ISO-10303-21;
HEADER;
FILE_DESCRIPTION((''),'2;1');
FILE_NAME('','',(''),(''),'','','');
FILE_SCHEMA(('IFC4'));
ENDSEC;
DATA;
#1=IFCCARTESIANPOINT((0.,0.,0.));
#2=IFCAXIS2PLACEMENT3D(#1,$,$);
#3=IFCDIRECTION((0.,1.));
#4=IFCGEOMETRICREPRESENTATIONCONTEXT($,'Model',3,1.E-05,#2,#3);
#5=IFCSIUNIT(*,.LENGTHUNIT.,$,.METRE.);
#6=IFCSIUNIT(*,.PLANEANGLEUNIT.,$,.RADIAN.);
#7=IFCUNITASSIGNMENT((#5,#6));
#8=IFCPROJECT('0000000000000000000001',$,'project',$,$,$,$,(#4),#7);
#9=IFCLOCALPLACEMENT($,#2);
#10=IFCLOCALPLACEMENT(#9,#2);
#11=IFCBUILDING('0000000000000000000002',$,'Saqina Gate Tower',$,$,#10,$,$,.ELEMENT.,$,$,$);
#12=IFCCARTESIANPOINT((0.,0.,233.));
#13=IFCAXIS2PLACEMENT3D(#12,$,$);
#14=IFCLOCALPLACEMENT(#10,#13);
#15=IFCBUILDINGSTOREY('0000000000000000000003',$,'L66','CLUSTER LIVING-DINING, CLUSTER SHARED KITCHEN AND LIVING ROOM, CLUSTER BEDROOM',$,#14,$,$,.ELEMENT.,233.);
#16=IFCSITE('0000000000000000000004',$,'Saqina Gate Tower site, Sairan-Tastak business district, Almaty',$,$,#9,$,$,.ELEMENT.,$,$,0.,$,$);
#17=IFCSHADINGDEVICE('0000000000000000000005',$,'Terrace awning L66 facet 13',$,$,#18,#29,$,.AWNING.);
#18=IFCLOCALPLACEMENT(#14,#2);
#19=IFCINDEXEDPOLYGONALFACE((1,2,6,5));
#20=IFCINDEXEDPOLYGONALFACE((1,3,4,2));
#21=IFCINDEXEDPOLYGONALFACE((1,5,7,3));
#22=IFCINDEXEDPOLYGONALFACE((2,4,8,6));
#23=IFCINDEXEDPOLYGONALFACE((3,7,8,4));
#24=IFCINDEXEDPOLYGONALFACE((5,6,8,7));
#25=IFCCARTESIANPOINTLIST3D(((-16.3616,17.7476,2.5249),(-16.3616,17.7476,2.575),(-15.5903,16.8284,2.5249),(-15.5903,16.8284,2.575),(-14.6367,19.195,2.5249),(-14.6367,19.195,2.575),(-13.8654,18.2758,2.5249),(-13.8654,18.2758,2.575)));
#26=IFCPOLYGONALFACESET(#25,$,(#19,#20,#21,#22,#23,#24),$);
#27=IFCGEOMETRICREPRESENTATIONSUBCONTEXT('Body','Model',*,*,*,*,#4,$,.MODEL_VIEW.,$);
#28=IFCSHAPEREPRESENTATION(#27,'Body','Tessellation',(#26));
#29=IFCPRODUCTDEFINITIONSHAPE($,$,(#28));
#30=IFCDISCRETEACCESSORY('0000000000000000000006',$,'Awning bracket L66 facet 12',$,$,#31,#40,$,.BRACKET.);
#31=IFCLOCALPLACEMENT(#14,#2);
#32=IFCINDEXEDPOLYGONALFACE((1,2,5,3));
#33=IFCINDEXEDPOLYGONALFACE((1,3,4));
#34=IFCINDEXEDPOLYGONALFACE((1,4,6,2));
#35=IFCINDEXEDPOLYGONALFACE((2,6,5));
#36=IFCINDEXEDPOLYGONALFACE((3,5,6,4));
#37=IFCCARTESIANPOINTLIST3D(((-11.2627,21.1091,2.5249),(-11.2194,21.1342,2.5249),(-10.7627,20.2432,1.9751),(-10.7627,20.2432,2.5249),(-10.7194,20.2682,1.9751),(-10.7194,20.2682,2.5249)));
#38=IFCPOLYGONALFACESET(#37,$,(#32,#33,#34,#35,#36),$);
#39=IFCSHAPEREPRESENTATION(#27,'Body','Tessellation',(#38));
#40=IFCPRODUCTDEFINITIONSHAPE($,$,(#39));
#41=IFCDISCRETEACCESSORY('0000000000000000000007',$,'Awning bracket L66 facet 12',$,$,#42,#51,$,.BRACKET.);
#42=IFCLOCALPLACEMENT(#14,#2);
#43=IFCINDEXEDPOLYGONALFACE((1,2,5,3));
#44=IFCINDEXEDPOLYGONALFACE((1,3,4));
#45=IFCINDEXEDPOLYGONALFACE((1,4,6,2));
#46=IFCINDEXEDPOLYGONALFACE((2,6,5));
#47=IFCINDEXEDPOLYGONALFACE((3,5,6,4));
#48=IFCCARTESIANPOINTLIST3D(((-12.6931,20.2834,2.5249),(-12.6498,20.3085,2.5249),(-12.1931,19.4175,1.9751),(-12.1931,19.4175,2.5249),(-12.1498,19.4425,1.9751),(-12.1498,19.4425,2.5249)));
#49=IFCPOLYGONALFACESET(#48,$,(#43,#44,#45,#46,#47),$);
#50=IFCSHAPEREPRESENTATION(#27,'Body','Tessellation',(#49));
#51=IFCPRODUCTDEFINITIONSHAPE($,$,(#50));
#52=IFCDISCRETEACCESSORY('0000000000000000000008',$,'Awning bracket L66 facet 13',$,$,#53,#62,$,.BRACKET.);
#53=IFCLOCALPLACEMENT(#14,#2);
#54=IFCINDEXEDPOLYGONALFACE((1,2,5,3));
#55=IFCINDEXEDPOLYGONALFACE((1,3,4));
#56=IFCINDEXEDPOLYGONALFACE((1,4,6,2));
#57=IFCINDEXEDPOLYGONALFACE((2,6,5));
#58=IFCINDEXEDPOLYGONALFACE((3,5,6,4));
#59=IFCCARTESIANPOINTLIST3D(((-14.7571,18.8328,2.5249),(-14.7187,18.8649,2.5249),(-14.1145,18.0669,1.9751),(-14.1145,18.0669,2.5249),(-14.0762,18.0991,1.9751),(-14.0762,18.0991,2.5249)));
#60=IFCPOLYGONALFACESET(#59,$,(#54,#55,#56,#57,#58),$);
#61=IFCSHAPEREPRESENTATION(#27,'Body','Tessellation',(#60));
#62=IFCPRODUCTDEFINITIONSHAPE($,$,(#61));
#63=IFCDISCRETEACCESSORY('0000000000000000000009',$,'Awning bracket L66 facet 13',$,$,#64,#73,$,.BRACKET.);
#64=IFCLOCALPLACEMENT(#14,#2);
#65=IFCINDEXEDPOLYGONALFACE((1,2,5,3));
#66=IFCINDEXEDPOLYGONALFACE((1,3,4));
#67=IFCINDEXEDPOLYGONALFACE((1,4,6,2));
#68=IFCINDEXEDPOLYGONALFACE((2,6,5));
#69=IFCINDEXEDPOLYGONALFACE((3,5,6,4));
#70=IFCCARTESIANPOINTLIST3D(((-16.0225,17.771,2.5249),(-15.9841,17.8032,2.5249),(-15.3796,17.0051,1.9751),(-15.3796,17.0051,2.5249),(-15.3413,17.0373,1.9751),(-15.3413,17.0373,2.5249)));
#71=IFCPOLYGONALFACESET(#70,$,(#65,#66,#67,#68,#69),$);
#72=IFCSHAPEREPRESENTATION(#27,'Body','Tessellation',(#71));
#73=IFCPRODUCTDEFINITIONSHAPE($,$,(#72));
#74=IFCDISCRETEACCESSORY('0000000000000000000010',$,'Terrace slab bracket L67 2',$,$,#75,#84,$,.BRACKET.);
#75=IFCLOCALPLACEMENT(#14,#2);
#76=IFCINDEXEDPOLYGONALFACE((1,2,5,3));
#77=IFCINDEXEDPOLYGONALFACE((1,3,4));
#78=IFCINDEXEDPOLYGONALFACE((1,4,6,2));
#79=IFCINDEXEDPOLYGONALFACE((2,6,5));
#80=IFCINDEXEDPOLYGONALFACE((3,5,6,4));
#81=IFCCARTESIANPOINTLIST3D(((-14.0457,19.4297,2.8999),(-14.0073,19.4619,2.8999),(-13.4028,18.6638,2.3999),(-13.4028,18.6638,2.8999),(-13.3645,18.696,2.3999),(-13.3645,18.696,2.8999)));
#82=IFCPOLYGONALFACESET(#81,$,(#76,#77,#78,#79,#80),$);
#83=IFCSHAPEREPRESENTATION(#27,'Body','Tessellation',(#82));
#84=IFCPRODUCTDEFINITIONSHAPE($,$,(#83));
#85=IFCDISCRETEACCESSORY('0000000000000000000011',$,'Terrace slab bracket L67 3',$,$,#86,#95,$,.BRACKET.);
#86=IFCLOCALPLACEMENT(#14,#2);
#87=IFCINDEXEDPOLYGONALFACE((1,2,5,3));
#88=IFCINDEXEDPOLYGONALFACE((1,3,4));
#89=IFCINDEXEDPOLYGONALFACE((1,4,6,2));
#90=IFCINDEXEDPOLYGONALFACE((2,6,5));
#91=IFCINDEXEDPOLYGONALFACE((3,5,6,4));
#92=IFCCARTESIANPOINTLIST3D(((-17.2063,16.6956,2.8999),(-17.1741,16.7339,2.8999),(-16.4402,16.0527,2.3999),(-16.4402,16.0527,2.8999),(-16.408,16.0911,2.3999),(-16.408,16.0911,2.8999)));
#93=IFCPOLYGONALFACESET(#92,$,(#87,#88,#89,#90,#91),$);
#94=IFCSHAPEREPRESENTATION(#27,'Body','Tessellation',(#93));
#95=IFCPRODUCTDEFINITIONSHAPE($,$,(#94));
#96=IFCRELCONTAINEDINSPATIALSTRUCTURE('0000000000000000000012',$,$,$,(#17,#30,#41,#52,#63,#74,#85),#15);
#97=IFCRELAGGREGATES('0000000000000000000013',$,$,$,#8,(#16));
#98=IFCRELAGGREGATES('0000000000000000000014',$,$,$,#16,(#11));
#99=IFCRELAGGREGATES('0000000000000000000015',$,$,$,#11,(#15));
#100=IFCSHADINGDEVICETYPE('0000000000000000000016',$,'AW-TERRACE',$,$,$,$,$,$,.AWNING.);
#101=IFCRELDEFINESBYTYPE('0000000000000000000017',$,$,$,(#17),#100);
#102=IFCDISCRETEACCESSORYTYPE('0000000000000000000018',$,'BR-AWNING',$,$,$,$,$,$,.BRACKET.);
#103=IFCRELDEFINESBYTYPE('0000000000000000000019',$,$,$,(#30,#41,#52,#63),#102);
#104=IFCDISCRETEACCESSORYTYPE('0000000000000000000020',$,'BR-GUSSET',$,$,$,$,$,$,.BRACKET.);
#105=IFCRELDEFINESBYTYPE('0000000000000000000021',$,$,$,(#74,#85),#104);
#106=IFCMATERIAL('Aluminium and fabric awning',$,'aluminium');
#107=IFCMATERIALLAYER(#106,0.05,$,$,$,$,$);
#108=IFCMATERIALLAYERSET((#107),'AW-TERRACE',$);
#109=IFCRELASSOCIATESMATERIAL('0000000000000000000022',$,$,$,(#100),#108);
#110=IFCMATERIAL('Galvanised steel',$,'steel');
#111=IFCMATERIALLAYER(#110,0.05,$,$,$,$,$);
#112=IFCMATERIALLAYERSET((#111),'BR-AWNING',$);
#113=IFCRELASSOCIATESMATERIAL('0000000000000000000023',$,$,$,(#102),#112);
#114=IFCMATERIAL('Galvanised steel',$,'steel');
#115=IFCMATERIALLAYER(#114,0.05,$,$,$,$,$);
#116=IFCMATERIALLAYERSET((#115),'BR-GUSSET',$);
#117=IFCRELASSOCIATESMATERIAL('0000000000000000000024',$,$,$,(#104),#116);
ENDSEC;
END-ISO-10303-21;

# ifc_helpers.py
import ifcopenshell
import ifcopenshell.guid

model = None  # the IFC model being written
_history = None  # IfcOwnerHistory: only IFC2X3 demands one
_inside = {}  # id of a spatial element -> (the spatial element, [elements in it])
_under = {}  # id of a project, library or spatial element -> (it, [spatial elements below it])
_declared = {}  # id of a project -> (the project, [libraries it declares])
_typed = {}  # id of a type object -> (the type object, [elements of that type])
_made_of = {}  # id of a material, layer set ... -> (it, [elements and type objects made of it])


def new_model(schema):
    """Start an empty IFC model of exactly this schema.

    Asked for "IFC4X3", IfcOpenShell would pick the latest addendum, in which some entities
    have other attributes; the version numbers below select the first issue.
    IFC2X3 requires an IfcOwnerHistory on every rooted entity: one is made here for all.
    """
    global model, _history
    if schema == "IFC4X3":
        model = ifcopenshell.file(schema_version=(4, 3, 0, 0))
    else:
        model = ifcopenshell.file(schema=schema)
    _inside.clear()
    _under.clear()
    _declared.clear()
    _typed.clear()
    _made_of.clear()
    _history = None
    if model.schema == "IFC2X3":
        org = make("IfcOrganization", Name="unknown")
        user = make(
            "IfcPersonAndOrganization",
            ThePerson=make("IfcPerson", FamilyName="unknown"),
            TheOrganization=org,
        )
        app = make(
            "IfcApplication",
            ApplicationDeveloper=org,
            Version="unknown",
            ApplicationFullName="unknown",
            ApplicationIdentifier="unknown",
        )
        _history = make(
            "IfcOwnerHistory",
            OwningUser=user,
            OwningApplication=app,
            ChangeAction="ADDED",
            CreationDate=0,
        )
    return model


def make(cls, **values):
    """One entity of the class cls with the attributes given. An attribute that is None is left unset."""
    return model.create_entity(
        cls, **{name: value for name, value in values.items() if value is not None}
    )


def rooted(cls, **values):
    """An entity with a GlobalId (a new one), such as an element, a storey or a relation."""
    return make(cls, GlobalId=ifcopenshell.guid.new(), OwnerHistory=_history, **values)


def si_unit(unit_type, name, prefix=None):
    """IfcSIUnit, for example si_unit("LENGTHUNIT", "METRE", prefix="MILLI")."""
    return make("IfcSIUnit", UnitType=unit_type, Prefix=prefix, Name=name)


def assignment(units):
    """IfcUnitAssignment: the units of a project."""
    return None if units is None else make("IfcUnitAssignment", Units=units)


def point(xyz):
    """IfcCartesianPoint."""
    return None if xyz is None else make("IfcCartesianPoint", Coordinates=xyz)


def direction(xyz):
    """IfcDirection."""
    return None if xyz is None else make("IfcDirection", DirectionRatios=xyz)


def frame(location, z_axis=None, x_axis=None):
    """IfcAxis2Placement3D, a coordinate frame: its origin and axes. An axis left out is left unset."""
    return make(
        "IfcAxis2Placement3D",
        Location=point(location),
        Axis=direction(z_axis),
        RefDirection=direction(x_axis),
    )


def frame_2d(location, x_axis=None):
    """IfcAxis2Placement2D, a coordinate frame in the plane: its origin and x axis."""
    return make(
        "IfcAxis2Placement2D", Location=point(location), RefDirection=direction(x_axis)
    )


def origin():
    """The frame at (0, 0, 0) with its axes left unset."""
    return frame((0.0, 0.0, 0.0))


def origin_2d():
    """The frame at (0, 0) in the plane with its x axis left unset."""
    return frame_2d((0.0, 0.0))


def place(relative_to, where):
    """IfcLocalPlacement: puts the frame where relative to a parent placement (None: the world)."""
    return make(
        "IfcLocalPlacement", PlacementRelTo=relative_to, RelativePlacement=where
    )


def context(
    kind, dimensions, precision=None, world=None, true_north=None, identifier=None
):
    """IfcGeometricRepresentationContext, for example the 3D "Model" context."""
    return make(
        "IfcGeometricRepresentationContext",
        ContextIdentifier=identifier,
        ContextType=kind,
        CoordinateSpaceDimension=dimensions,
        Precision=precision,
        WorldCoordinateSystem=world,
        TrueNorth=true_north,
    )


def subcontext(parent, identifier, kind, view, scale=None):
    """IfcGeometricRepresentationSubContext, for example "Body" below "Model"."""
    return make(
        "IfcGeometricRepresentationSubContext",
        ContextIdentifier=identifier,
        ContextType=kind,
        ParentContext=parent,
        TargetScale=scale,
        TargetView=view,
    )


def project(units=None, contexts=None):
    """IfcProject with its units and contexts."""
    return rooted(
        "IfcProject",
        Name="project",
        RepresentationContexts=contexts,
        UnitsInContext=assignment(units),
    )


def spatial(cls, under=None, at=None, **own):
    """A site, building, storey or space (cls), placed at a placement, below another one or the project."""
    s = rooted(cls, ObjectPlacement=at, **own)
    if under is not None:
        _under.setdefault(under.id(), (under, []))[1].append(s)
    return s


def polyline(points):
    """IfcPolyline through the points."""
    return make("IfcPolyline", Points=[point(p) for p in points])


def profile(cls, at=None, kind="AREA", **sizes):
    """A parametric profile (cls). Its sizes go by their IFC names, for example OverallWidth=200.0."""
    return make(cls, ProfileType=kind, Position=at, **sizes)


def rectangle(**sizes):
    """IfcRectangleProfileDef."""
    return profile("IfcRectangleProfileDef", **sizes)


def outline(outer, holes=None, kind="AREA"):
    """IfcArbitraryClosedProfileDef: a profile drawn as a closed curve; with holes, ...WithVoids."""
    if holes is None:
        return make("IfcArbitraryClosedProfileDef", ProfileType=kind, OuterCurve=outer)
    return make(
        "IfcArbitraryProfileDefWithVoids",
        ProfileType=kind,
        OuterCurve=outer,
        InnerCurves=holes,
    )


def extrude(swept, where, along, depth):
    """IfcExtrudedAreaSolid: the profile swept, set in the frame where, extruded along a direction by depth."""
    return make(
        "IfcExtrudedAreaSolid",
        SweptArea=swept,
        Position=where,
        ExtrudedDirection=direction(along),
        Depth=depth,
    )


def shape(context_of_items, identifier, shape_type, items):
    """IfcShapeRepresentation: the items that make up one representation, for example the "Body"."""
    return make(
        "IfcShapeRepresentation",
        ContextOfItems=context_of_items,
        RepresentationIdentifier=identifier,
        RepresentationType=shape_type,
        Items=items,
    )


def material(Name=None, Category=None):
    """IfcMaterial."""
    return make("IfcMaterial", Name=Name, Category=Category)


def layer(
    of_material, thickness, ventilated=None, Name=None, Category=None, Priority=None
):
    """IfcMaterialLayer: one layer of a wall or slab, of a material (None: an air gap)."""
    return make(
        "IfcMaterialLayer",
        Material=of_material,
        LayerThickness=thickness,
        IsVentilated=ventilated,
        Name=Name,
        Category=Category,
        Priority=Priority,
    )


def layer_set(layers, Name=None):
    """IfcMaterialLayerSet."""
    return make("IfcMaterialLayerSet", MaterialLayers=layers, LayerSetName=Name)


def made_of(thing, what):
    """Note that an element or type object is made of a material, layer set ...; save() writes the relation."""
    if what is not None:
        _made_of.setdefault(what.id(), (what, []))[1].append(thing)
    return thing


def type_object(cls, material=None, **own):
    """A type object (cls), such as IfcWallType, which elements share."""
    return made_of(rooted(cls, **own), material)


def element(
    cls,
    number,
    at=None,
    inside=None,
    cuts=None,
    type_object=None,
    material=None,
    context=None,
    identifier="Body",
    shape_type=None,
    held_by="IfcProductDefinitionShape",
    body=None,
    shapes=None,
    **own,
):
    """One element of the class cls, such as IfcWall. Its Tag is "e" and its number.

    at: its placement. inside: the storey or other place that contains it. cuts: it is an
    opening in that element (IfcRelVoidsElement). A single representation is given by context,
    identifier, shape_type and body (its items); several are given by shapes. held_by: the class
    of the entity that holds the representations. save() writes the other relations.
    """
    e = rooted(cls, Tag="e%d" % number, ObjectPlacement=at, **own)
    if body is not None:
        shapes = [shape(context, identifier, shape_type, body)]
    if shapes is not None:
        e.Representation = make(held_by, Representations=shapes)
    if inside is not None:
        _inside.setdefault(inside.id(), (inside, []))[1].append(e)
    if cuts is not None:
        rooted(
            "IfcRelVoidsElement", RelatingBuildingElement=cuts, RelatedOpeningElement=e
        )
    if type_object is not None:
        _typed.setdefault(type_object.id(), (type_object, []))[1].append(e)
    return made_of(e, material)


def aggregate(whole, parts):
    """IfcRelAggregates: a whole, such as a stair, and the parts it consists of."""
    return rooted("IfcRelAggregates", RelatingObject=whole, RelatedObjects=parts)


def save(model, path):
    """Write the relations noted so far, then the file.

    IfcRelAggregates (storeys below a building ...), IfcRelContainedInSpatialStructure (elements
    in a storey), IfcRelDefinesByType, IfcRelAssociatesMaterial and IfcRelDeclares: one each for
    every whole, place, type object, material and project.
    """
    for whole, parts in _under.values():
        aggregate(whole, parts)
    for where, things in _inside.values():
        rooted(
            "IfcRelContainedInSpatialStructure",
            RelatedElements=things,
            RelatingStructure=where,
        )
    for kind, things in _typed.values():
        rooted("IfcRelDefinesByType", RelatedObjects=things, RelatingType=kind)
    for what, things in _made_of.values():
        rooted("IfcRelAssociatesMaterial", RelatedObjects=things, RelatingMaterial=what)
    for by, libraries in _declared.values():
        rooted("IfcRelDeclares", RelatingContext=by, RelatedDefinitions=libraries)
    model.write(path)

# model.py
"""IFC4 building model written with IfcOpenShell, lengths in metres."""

from ifc_helpers import new_model, si_unit, direction, frame, origin, origin_2d, place, context, subcontext, project, spatial, polyline, rectangle, outline, extrude, material, layer, layer_set, type_object, element, save


model = new_model("IFC4")

# Units and contexts
model_context = context("Model", 3, precision=1e-05, world=origin(), true_north=direction((0.0, 1.0)))
body_context = subcontext(model_context, "Body", "Model", "MODEL_VIEW")
ifc_project = project(units=[si_unit("LENGTHUNIT", "METRE"), si_unit("PLANEANGLEUNIT", "RADIAN")], contexts=[model_context])

# Site, building, storey
site_placement = place(None, origin())
site = spatial("IfcSite", under=ifc_project, at=site_placement, Name="Saqina Gate Tower site, Sairan-Tastak business district, Almaty", CompositionType="ELEMENT", RefElevation=0.0)
building_placement = place(site_placement, origin())
building = spatial("IfcBuilding", under=site, at=building_placement, Name="Saqina Gate Tower", CompositionType="ELEMENT")
storey_placement = place(building_placement, frame((0.0, 0.0, 233.0)))
storey = spatial("IfcBuildingStorey", under=building, at=storey_placement, Name="L66", Description="CLUSTER LIVING-DINING, CLUSTER SHARED KITCHEN AND LIVING ROOM, CLUSTER BEDROOM", CompositionType="ELEMENT", Elevation=233.0)

# Shading device
ifc_material_1 = material(Name="Aluminium and fabric awning", Category="aluminium")
ifc_layer_1 = layer(ifc_material_1, 0.05)
ifc_layer_set_1 = layer_set([ifc_layer_1], Name="AW-TERRACE")
shading_device_type = type_object("IfcShadingDeviceType", Name="AW-TERRACE", PredefinedType="AWNING", material=ifc_layer_set_1)
for number, where, z_axis, x_axis, name in (
    (1, (-15.1135, 18.0117, 2.5249), (0.0, 0.0, 1.0), (-0.766044, -0.642788, 0.0), "Terrace awning L66 facet 13"),
):
    element("IfcShadingDevice", number, at=place(storey_placement, frame(where, z_axis=z_axis, x_axis=x_axis)), inside=storey, type_object=shading_device_type, Name=name, PredefinedType="AWNING", context=body_context, shape_type="SweptSolid", body=[
        extrude(rectangle(XDim=2.2517, YDim=1.2, at=origin_2d()), origin(), (0.0, 0.0, 1.0), 0.05),
    ])

# Discrete accessories
ifc_material_2 = material(Name="Galvanised steel", Category="steel")
ifc_layer_2 = layer(ifc_material_2, 0.05)
ifc_layer_set_2 = layer_set([ifc_layer_2], Name="BR-AWNING")
discrete_accessory_type_1 = type_object("IfcDiscreteAccessoryType", Name="BR-AWNING", PredefinedType="BRACKET", material=ifc_layer_set_2)
for number, where, z_axis, x_axis, name in (
    (2, (-10.7627, 20.2432, 1.9751), (-0.866011, -0.500025, 0.0), (0.0, 0.0, 1.0), "Awning bracket L66 facet 12"),
    (3, (-12.1931, 19.4175, 1.9751), (-0.866011, -0.500025, 0.0), (0.0, 0.0, 1.0), "Awning bracket L66 facet 12"),
):
    element("IfcDiscreteAccessory", number, at=place(storey_placement, frame(where, z_axis=z_axis, x_axis=x_axis)), inside=storey, type_object=discrete_accessory_type_1, Name=name, PredefinedType="BRACKET", context=body_context, shape_type="SweptSolid", body=[
        extrude(outline(polyline([(0.0, 0.0), (0.5498, 0.0), (0.5498, 0.9999), (0.0, 0.0)])), origin(), (0.0, 0.0, -1.0), 0.05),
    ])
discrete_accessory_1_placement = place(storey_placement, frame((-14.1145, 18.0669, 1.9751), z_axis=(-0.766075, -0.642751, 0.0), x_axis=(0.0, 0.0, 1.0)))
element("IfcDiscreteAccessory", 4, at=discrete_accessory_1_placement, inside=storey, type_object=discrete_accessory_type_1, Name="Awning bracket L66 facet 13", PredefinedType="BRACKET", context=body_context, shape_type="SweptSolid", body=[
    extrude(outline(polyline([(0.0, 0.0), (0.5498, 0.0), (0.5498, 0.9997), (0.0, 0.0)])), origin(), (0.0, 0.0, -1.0), 0.05),
])
discrete_accessory_2_placement = place(storey_placement, frame((-15.3796, 17.0051, 1.9751), z_axis=(-0.765955, -0.642894, 0.0), x_axis=(0.0, 0.0, 1.0)))
element("IfcDiscreteAccessory", 5, at=discrete_accessory_2_placement, inside=storey, type_object=discrete_accessory_type_1, Name="Awning bracket L66 facet 13", PredefinedType="BRACKET", context=body_context, shape_type="SweptSolid", body=[
    extrude(outline(polyline([(0.0, 0.0), (0.5498, 0.0), (0.5498, 0.9999), (0.0, 0.0)])), origin(), (0.0, 0.0, -1.0), 0.05),
])
ifc_material_3 = material(Name="Galvanised steel", Category="steel")
ifc_layer_3 = layer(ifc_material_3, 0.05)
ifc_layer_set_3 = layer_set([ifc_layer_3], Name="BR-GUSSET")
discrete_accessory_type_2 = type_object("IfcDiscreteAccessoryType", Name="BR-GUSSET", PredefinedType="BRACKET", material=ifc_layer_set_3)
discrete_accessory_3_placement = place(storey_placement, frame((-13.4028, 18.6638, 2.3999), z_axis=(-0.765955, -0.642894, 0.0), x_axis=(0.0, 0.0, 1.0)))
element("IfcDiscreteAccessory", 6, at=discrete_accessory_3_placement, inside=storey, type_object=discrete_accessory_type_2, Name="Terrace slab bracket L67 2", PredefinedType="BRACKET", context=body_context, shape_type="SweptSolid", body=[
    extrude(outline(polyline([(0.0, 0.0), (0.5, 0.0), (0.5, 0.9999), (0.0, 0.0)])), origin(), (0.0, 0.0, -1.0), 0.05),
])
discrete_accessory_4_placement = place(storey_placement, frame((-16.4402, 16.0527, 2.3999), z_axis=(-0.642774, -0.766056, 0.0), x_axis=(0.0, 0.0, 1.0)))
element("IfcDiscreteAccessory", 7, at=discrete_accessory_4_placement, inside=storey, type_object=discrete_accessory_type_2, Name="Terrace slab bracket L67 3", PredefinedType="BRACKET", context=body_context, shape_type="SweptSolid", body=[
    extrude(outline(polyline([(0.0, 0.0), (0.5, 0.0), (0.5, 1.0001), (0.0, 0.0)])), origin(), (0.0, 0.0, -1.0), 0.05),
])

save(model, "model.ifc")
